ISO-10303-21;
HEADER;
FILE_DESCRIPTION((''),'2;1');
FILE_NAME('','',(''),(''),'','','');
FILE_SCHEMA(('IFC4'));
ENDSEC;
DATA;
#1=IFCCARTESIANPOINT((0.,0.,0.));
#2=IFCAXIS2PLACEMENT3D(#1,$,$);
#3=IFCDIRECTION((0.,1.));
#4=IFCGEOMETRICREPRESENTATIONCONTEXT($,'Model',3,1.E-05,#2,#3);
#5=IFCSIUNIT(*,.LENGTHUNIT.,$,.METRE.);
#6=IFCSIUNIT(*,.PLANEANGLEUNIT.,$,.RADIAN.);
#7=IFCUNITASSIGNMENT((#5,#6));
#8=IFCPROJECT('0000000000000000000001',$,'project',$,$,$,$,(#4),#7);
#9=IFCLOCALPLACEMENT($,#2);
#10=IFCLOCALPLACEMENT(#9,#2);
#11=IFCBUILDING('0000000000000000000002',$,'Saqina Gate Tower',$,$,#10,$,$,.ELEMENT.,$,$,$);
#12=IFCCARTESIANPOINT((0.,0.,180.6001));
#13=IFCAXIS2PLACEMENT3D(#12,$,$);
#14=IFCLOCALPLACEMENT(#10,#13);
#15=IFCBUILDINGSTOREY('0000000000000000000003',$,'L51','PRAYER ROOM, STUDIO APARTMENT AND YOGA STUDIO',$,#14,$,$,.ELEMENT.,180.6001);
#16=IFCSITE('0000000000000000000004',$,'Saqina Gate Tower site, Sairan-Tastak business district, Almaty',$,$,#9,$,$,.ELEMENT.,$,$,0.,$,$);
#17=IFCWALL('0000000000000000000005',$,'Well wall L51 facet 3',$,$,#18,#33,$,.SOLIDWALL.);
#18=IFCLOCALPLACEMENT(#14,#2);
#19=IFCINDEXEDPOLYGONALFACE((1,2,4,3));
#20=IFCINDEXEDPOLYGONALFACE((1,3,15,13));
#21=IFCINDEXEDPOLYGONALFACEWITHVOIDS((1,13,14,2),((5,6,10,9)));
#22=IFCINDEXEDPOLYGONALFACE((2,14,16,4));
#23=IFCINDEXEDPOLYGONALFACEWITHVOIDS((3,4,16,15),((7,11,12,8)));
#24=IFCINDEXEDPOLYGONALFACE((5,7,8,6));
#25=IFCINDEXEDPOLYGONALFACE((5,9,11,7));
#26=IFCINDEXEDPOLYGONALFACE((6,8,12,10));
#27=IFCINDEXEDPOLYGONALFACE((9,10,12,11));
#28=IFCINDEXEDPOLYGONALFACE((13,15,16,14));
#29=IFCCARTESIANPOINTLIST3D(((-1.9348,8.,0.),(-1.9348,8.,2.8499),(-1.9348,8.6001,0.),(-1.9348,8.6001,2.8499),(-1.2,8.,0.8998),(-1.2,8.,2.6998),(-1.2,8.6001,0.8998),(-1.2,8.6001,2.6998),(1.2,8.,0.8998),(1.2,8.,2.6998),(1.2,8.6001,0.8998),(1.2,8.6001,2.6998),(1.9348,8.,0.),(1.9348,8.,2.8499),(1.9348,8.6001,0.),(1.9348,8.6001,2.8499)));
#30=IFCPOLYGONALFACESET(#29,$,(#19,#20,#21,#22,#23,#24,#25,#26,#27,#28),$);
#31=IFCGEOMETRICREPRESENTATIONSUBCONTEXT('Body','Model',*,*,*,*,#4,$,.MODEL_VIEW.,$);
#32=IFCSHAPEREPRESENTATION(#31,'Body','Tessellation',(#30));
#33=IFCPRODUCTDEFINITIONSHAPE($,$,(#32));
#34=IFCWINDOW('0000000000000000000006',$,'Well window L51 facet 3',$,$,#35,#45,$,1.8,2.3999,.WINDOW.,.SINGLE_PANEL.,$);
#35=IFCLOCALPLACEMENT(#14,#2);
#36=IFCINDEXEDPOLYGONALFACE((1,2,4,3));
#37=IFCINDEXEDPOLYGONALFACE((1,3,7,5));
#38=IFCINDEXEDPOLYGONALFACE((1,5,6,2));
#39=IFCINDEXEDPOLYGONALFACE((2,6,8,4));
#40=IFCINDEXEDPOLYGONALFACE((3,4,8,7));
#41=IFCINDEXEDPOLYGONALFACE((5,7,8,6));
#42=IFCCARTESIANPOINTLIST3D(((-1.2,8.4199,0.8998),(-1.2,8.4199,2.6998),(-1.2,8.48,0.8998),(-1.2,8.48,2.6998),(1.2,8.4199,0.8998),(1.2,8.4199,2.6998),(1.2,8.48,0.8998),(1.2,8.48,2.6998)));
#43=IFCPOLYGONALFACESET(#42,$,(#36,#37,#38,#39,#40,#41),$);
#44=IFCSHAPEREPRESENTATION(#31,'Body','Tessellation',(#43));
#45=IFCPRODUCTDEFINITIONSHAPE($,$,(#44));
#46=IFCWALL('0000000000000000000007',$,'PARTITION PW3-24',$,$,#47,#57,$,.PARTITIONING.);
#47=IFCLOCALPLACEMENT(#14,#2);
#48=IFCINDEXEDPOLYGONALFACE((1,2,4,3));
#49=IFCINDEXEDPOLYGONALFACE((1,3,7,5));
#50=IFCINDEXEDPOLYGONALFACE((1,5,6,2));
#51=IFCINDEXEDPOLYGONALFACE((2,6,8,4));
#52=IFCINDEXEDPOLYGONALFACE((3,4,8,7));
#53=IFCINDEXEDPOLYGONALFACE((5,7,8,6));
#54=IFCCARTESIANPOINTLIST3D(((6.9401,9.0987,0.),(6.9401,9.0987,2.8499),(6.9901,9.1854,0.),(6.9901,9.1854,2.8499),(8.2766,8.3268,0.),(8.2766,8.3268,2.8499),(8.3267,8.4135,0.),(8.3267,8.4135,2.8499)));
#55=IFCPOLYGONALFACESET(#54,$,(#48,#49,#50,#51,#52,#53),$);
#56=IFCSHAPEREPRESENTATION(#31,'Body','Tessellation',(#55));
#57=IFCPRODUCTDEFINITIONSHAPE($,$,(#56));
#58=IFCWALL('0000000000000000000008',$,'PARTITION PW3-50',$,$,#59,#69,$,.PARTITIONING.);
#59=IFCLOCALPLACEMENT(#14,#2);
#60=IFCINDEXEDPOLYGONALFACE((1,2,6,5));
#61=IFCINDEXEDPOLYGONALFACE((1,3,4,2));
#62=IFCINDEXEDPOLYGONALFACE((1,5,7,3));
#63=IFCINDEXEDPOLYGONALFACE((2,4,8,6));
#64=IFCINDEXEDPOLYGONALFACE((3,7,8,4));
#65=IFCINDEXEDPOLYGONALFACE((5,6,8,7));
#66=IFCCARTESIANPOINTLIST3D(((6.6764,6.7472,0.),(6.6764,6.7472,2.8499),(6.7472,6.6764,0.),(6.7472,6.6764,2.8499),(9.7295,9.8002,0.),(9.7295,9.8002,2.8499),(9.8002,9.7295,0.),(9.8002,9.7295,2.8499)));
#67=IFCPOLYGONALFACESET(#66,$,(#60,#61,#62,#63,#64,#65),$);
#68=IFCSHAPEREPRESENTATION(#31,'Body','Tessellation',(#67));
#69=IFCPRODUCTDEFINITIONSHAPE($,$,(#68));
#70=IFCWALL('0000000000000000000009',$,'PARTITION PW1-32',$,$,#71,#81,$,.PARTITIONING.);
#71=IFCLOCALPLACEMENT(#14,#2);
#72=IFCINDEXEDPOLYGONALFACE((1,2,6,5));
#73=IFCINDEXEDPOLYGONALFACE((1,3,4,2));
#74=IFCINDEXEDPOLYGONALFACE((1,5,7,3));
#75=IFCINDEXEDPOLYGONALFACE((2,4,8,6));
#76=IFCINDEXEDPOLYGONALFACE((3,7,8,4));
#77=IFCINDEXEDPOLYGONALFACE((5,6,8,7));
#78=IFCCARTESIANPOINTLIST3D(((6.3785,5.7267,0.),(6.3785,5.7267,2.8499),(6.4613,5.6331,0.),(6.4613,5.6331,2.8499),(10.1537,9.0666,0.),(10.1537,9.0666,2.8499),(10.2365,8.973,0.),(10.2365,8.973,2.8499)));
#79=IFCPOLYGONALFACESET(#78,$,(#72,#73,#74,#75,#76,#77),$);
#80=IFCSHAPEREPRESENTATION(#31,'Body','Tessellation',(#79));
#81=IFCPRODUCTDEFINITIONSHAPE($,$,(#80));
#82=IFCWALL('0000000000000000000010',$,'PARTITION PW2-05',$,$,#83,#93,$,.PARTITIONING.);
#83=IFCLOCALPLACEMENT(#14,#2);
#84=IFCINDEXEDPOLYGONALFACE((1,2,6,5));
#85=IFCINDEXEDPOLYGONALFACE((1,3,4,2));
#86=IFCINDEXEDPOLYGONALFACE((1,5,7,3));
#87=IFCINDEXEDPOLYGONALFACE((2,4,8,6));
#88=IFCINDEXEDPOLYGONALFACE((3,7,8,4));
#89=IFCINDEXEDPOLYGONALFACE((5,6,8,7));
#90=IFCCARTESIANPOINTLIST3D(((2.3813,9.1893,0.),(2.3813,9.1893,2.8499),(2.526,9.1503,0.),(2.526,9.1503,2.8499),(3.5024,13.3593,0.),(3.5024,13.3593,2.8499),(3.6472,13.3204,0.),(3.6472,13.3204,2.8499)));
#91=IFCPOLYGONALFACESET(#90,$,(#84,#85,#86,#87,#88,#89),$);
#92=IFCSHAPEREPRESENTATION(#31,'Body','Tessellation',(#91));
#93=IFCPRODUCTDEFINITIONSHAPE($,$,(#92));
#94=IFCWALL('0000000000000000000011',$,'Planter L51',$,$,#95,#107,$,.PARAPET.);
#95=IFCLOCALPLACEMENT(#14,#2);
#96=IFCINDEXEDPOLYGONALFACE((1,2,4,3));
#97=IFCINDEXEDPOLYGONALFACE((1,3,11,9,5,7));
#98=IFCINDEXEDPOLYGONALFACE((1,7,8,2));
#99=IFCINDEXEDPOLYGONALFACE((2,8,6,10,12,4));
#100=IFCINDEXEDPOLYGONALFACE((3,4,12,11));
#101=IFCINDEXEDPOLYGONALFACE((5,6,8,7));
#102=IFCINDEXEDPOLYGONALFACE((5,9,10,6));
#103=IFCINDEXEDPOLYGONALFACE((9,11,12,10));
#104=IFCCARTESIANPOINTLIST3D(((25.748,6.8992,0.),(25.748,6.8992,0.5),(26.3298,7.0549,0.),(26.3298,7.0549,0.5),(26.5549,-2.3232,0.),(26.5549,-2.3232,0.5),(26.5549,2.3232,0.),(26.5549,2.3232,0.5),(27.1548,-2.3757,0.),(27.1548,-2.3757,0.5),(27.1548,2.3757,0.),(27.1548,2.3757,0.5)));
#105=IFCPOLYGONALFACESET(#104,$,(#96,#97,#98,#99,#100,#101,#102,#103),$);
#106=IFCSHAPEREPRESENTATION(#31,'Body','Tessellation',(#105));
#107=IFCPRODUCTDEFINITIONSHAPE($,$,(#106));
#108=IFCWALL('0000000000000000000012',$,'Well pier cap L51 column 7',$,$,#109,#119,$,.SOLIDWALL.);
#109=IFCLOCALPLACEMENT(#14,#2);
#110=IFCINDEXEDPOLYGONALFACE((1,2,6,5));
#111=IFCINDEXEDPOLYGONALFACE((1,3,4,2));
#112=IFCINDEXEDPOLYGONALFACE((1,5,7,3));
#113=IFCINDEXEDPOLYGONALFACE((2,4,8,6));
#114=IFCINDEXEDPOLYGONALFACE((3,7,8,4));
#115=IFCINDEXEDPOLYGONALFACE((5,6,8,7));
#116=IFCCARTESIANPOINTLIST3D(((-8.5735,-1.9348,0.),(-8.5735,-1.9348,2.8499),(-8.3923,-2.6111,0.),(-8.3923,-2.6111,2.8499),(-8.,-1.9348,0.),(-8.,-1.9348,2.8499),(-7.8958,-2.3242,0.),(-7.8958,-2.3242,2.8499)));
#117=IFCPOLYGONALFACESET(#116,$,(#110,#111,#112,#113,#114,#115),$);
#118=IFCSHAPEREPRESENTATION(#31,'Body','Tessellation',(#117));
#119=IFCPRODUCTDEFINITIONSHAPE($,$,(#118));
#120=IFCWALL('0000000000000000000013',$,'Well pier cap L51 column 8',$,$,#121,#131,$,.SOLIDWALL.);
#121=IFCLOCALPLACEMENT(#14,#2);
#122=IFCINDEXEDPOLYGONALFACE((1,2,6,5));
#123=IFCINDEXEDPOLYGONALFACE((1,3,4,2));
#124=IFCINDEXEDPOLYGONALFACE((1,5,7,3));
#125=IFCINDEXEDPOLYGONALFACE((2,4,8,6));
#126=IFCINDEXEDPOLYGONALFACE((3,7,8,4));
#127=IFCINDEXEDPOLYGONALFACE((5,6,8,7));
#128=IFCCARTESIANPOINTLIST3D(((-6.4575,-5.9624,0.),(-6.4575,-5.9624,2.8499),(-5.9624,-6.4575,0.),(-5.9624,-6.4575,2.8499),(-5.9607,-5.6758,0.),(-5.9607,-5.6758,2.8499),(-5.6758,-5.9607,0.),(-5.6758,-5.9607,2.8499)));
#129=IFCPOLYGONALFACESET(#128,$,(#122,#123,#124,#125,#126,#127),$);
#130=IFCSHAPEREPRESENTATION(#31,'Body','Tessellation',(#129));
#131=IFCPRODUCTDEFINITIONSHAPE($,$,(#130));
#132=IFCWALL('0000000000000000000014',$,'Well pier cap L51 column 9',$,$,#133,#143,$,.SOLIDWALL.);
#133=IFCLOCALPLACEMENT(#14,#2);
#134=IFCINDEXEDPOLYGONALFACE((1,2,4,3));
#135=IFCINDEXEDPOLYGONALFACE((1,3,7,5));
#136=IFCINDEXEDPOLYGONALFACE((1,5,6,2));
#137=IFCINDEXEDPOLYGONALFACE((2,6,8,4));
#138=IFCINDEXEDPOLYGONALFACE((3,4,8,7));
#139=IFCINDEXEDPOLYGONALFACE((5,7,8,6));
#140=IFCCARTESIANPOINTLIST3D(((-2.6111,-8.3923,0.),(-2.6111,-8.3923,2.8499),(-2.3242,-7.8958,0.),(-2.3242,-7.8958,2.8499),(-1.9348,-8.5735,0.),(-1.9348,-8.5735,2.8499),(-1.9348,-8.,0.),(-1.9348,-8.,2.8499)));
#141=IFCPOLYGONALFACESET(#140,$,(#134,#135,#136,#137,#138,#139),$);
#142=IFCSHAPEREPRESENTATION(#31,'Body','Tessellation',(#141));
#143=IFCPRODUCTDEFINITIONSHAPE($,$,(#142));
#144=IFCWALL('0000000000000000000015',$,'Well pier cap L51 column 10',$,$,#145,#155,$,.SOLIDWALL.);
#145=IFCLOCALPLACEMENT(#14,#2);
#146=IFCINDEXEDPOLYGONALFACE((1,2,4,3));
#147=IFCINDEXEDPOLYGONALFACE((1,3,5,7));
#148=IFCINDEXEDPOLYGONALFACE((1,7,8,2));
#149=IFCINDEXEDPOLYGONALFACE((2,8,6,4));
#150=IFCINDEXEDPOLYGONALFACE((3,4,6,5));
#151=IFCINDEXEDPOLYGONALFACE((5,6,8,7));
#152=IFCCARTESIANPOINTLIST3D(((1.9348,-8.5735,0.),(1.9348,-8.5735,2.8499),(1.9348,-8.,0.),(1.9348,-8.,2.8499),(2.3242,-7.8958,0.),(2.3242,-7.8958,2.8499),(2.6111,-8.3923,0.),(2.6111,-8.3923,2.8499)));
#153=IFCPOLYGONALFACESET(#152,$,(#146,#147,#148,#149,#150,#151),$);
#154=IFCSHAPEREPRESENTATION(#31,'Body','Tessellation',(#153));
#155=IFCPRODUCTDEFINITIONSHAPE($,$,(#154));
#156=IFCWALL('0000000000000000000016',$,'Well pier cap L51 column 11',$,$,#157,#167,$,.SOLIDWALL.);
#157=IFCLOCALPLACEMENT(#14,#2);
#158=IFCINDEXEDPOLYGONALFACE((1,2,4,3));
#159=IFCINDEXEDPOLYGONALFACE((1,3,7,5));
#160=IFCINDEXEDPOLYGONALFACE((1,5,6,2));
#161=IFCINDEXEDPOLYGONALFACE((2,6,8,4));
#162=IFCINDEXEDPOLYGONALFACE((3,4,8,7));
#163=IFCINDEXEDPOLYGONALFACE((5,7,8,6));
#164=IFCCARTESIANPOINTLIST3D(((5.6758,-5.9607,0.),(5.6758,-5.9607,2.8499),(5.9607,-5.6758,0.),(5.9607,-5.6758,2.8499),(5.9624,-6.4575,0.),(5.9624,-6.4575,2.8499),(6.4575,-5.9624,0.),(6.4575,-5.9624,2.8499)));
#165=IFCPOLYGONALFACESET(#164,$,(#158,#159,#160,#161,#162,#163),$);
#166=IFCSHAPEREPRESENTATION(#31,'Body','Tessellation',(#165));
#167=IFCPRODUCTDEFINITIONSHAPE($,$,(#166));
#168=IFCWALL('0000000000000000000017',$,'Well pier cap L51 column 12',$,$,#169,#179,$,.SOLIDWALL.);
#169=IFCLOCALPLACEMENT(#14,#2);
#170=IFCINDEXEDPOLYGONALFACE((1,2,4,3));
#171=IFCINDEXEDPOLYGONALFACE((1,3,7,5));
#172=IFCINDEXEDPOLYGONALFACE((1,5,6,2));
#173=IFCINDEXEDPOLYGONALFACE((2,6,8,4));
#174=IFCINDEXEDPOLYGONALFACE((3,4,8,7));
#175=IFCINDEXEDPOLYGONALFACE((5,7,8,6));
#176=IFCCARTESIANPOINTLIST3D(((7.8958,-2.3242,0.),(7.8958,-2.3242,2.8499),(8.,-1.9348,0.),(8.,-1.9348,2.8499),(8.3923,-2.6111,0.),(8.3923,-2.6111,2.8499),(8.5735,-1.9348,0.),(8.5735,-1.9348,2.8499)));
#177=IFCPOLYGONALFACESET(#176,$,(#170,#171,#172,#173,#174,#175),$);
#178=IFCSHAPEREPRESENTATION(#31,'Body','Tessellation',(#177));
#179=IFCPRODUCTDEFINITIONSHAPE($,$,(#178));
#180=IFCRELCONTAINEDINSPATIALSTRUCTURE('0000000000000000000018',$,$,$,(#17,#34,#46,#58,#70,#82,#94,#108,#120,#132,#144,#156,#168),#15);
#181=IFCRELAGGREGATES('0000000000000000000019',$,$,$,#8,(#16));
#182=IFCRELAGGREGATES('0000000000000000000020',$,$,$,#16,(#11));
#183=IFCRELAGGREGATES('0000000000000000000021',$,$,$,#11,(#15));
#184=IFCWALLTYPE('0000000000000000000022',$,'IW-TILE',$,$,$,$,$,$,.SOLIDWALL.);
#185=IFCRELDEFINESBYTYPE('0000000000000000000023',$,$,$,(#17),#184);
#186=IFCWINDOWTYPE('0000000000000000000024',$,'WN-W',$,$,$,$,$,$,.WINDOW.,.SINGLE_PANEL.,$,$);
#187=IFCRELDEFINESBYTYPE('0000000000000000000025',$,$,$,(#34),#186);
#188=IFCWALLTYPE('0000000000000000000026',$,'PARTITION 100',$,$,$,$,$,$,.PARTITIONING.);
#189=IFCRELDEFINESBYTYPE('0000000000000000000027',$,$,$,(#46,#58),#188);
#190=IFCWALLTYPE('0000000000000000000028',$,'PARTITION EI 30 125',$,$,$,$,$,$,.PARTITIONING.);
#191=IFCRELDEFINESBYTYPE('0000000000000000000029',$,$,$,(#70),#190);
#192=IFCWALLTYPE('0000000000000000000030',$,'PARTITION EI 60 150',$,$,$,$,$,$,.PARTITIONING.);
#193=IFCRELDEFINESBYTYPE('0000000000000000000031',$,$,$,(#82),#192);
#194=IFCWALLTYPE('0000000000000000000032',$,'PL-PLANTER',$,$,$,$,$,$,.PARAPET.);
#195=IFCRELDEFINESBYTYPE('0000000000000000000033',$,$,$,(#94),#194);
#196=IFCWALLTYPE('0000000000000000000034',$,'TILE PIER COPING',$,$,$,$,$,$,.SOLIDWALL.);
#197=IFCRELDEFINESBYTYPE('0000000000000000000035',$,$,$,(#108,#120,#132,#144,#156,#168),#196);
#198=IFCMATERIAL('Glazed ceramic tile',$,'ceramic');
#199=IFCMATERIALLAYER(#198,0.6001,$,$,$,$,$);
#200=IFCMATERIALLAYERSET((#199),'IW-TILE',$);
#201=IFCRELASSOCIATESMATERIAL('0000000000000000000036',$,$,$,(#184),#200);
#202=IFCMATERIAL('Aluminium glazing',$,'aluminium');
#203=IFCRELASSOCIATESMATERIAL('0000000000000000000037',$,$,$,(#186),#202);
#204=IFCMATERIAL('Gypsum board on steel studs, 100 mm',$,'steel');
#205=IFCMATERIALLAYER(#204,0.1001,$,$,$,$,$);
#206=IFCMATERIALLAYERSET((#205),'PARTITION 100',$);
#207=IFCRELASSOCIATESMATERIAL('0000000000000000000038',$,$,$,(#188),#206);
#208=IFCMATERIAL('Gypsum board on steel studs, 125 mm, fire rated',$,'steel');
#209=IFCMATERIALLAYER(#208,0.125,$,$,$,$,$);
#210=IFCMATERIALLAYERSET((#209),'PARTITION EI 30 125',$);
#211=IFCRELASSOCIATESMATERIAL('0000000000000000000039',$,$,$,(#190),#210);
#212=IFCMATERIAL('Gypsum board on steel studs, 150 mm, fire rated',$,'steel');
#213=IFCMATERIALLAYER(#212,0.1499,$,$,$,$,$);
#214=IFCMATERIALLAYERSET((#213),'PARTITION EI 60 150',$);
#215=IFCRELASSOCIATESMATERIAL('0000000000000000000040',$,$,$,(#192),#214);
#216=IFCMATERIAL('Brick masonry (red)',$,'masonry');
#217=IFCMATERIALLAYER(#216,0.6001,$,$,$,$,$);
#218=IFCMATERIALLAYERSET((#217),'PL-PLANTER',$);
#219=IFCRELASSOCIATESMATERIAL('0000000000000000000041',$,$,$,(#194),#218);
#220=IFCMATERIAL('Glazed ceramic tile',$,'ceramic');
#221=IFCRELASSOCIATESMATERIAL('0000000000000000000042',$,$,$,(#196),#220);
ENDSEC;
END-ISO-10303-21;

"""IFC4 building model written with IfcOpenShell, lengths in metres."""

from ifc_helpers import new_model, si_unit, direction, frame, frame_2d, origin, place, context, subcontext, project, spatial, polyline, rectangle, outline, extrude, material, layer, layer_set, type_object, element, fill, save


model = new_model("IFC4")

# Units and contexts
model_context = context("Model", 3, precision=1e-05, world=origin(), true_north=direction((0.0, 1.0)))
body_context = subcontext(model_context, "Body", "Model", "MODEL_VIEW")
ifc_project = project(units=[si_unit("LENGTHUNIT", "METRE"), si_unit("PLANEANGLEUNIT", "RADIAN")], contexts=[model_context])

# Site, building, storey
site_placement = place(None, origin())
site = spatial("IfcSite", under=ifc_project, at=site_placement, Name="Saqina Gate Tower site, Sairan-Tastak business district, Almaty", CompositionType="ELEMENT", RefElevation=0.0)
building_placement = place(site_placement, origin())
building = spatial("IfcBuilding", under=site, at=building_placement, Name="Saqina Gate Tower", CompositionType="ELEMENT")
storey_placement = place(building_placement, frame((0.0, 0.0, 180.6001)))
storey = spatial("IfcBuildingStorey", under=building, at=storey_placement, Name="L51", Description="PRAYER ROOM, STUDIO APARTMENT AND YOGA STUDIO", CompositionType="ELEMENT", Elevation=180.6001)

# Wall, opening, window
ifc_material_1 = material(Name="Glazed ceramic tile", Category="ceramic")
ifc_layer_1 = layer(ifc_material_1, 0.6001)
ifc_layer_set_1 = layer_set([ifc_layer_1], Name="IW-TILE")
wall_type_1 = type_object("IfcWallType", Name="IW-TILE", PredefinedType="SOLIDWALL", material=ifc_layer_set_1)
ifc_material_2 = material(Name="Aluminium glazing", Category="aluminium")
window_type = type_object("IfcWindowType", Name="WN-W", PartitioningType="SINGLE_PANEL", PredefinedType="WINDOW", material=ifc_material_2)
wall_1_placement = place(storey_placement, frame((1.9348, 8.3, 0.0), z_axis=(0.0, 0.0, 1.0), x_axis=(-1.0, 0.0, 0.0)))
wall_1 = element("IfcWall", 1, at=wall_1_placement, inside=storey, type_object=wall_type_1, Name="Well wall L51 facet 3", PredefinedType="SOLIDWALL", context=body_context, shape_type="SweptSolid", body=[
    extrude(rectangle(XDim=3.8696, YDim=0.6001, at=frame_2d((1.9348, 0.0))), origin(), (0.0, 0.0, 1.0), 2.8499),
])
opening_1_placement = place(wall_1_placement, frame((0.7349, 0.0, 0.8999)))
opening_1 = element("IfcOpeningElement", 2, at=opening_1_placement, cuts=wall_1, PredefinedType="OPENING", context=body_context, shape_type="SweptSolid", body=[
    extrude(rectangle(XDim=2.3999, YDim=1.8, at=frame_2d((1.2, 0.8999))), frame((0.0, 0.312, 0.0), z_axis=(0.0, -1.0, 0.0), x_axis=(1.0, 0.0, 0.0)), (0.0, 0.0, 1.0), 0.624),
])
window_1_placement = place(opening_1_placement, origin())
window_1 = element("IfcWindow", 3, at=window_1_placement, inside=storey, type_object=window_type, Name="Well window L51 facet 3", OverallHeight=1.8, OverallWidth=2.3999, PartitioningType="SINGLE_PANEL", PredefinedType="WINDOW", context=body_context, shape_type="SweptSolid", body=[
    extrude(rectangle(XDim=2.3999, YDim=1.8, at=frame_2d((1.2, 0.8999))), frame((0.0, -0.1199, 0.0), z_axis=(0.0, -1.0, 0.0), x_axis=(1.0, 0.0, 0.0)), (0.0, 0.0, 1.0), 0.0601),
])
fill(opening_1, window_1)

# Walls
ifc_material_3 = material(Name="Gypsum board on steel studs, 100 mm", Category="steel")
ifc_layer_2 = layer(ifc_material_3, 0.1001)
ifc_layer_set_2 = layer_set([ifc_layer_2], Name="PARTITION 100")
wall_type_2 = type_object("IfcWallType", Name="PARTITION 100", PredefinedType="PARTITIONING", material=ifc_layer_set_2)
wall_2_placement = place(storey_placement, frame((6.9651, 9.1421, 0.0), z_axis=(0.0, 0.0, 1.0), x_axis=(0.865956, -0.500119, 0.0)))
element("IfcWall", 4, at=wall_2_placement, inside=storey, type_object=wall_type_2, Name="PARTITION PW3-24", PredefinedType="PARTITIONING", context=body_context, shape_type="SweptSolid", body=[
    extrude(rectangle(XDim=1.5435, YDim=0.1001, at=frame_2d((0.7717, 0.0))), origin(), (0.0, 0.0, 1.0), 2.8499),
])
wall_3_placement = place(storey_placement, frame((6.7119, 6.7119, 0.0), z_axis=(0.0, 0.0, 1.0), x_axis=(0.707107, 0.707107, 0.0)))
element("IfcWall", 5, at=wall_3_placement, inside=storey, type_object=wall_type_2, Name="PARTITION PW3-50", PredefinedType="PARTITIONING", context=body_context, shape_type="SweptSolid", body=[
    extrude(rectangle(XDim=4.3176, YDim=0.1001, at=frame_2d((2.1587, 0.0))), origin(), (0.0, 0.0, 1.0), 2.8499),
])
ifc_material_4 = material(Name="Gypsum board on steel studs, 125 mm, fire rated", Category="steel")
ifc_layer_3 = layer(ifc_material_4, 0.125)
ifc_layer_set_3 = layer_set([ifc_layer_3], Name="PARTITION EI 30 125")
wall_type_3 = type_object("IfcWallType", Name="PARTITION EI 30 125", PredefinedType="PARTITIONING", material=ifc_layer_set_3)
wall_4_placement = place(storey_placement, frame((6.4199, 5.6799, 0.0), z_axis=(0.0, 0.0, 1.0), x_axis=(0.748968, 0.662606, 0.0)))
element("IfcWall", 6, at=wall_4_placement, inside=storey, type_object=wall_type_3, Name="PARTITION PW1-32", PredefinedType="PARTITIONING", context=body_context, shape_type="SweptSolid", body=[
    extrude(rectangle(XDim=5.0405, YDim=0.125, at=frame_2d((2.5203, 0.0))), origin(), (0.0, 0.0, 1.0), 2.8499),
])
ifc_material_5 = material(Name="Gypsum board on steel studs, 150 mm, fire rated", Category="steel")
ifc_layer_4 = layer(ifc_material_5, 0.1499)
ifc_layer_set_4 = layer_set([ifc_layer_4], Name="PARTITION EI 60 150")
wall_type_4 = type_object("IfcWallType", Name="PARTITION EI 60 150", PredefinedType="PARTITIONING", material=ifc_layer_set_4)
wall_5_placement = place(storey_placement, frame((2.4536, 9.1697, 0.0), z_axis=(0.0, 0.0, 1.0), x_axis=(0.259633, 0.965707, 0.0)))
element("IfcWall", 7, at=wall_5_placement, inside=storey, type_object=wall_type_4, Name="PARTITION PW2-05", PredefinedType="PARTITIONING", context=body_context, shape_type="SweptSolid", body=[
    extrude(rectangle(XDim=4.3181, YDim=0.1499, at=frame_2d((2.1592, 0.0))), origin(), (0.0, 0.0, 1.0), 2.8499),
])
ifc_material_6 = material(Name="Brick masonry (red)", Category="masonry")
ifc_layer_5 = layer(ifc_material_6, 0.6001)
ifc_layer_set_5 = layer_set([ifc_layer_5], Name="PL-PLANTER")
wall_type_5 = type_object("IfcWallType", Name="PL-PLANTER", PredefinedType="PARAPET", material=ifc_layer_set_5)
wall_6_placement = place(storey_placement, origin())
element("IfcWall", 8, at=wall_6_placement, inside=storey, type_object=wall_type_5, Name="Planter L51", PredefinedType="PARAPET", context=body_context, shape_type="SweptSolid", body=[
    extrude(outline(polyline([(27.1548, -2.3757), (27.1548, 2.3757), (26.3298, 7.0549), (25.748, 6.8992), (26.5549, 2.3232), (26.5549, -2.3232), (27.1548, -2.3757)])), origin(), (0.0, 0.0, 1.0), 0.5),
])
ifc_material_7 = material(Name="Glazed ceramic tile", Category="ceramic")
wall_type_6 = type_object("IfcWallType", Name="TILE PIER COPING", PredefinedType="SOLIDWALL", material=ifc_material_7)
wall_7_placement = place(storey_placement, origin())
element("IfcWall", 9, at=wall_7_placement, inside=storey, type_object=wall_type_6, Name="Well pier cap L51 column 7", PredefinedType="SOLIDWALL", context=body_context, shape_type="SweptSolid", body=[
    extrude(outline(polyline([(-8.0, -1.9348), (-8.5735, -1.9348), (-8.3923, -2.6111), (-7.8958, -2.3242), (-8.0, -1.9348)])), origin(), (0.0, 0.0, 1.0), 2.8499),
])
wall_8_placement = place(storey_placement, origin())
element("IfcWall", 10, at=wall_8_placement, inside=storey, type_object=wall_type_6, Name="Well pier cap L51 column 8", PredefinedType="SOLIDWALL", context=body_context, shape_type="SweptSolid", body=[
    extrude(outline(polyline([(-6.4575, -5.9624), (-5.9624, -6.4575), (-5.6758, -5.9607), (-5.9607, -5.6758), (-6.4575, -5.9624)])), origin(), (0.0, 0.0, 1.0), 2.8499),
])
wall_9_placement = place(storey_placement, origin())
element("IfcWall", 11, at=wall_9_placement, inside=storey, type_object=wall_type_6, Name="Well pier cap L51 column 9", PredefinedType="SOLIDWALL", context=body_context, shape_type="SweptSolid", body=[
    extrude(outline(polyline([(-1.9348, -8.5735), (-1.9348, -8.0), (-2.3242, -7.8958), (-2.6111, -8.3923), (-1.9348, -8.5735)])), origin(), (0.0, 0.0, 1.0), 2.8499),
])
wall_10_placement = place(storey_placement, origin())
element("IfcWall", 12, at=wall_10_placement, inside=storey, type_object=wall_type_6, Name="Well pier cap L51 column 10", PredefinedType="SOLIDWALL", context=body_context, shape_type="SweptSolid", body=[
    extrude(outline(polyline([(2.6111, -8.3923), (2.3242, -7.8958), (1.9348, -8.0), (1.9348, -8.5735), (2.6111, -8.3923)])), origin(), (0.0, 0.0, 1.0), 2.8499),
])
wall_11_placement = place(storey_placement, origin())
element("IfcWall", 13, at=wall_11_placement, inside=storey, type_object=wall_type_6, Name="Well pier cap L51 column 11", PredefinedType="SOLIDWALL", context=body_context, shape_type="SweptSolid", body=[
    extrude(outline(polyline([(5.9624, -6.4575), (6.4575, -5.9624), (5.9607, -5.6758), (5.6758, -5.9607), (5.9624, -6.4575)])), origin(), (0.0, 0.0, 1.0), 2.8499),
])
wall_12_placement = place(storey_placement, origin())
element("IfcWall", 14, at=wall_12_placement, inside=storey, type_object=wall_type_6, Name="Well pier cap L51 column 12", PredefinedType="SOLIDWALL", context=body_context, shape_type="SweptSolid", body=[
    extrude(outline(polyline([(8.5735, -1.9348), (8.0, -1.9348), (7.8958, -2.3242), (8.3923, -2.6111), (8.5735, -1.9348)])), origin(), (0.0, 0.0, 1.0), 2.8499),
])

save(model, "model.ifc")
